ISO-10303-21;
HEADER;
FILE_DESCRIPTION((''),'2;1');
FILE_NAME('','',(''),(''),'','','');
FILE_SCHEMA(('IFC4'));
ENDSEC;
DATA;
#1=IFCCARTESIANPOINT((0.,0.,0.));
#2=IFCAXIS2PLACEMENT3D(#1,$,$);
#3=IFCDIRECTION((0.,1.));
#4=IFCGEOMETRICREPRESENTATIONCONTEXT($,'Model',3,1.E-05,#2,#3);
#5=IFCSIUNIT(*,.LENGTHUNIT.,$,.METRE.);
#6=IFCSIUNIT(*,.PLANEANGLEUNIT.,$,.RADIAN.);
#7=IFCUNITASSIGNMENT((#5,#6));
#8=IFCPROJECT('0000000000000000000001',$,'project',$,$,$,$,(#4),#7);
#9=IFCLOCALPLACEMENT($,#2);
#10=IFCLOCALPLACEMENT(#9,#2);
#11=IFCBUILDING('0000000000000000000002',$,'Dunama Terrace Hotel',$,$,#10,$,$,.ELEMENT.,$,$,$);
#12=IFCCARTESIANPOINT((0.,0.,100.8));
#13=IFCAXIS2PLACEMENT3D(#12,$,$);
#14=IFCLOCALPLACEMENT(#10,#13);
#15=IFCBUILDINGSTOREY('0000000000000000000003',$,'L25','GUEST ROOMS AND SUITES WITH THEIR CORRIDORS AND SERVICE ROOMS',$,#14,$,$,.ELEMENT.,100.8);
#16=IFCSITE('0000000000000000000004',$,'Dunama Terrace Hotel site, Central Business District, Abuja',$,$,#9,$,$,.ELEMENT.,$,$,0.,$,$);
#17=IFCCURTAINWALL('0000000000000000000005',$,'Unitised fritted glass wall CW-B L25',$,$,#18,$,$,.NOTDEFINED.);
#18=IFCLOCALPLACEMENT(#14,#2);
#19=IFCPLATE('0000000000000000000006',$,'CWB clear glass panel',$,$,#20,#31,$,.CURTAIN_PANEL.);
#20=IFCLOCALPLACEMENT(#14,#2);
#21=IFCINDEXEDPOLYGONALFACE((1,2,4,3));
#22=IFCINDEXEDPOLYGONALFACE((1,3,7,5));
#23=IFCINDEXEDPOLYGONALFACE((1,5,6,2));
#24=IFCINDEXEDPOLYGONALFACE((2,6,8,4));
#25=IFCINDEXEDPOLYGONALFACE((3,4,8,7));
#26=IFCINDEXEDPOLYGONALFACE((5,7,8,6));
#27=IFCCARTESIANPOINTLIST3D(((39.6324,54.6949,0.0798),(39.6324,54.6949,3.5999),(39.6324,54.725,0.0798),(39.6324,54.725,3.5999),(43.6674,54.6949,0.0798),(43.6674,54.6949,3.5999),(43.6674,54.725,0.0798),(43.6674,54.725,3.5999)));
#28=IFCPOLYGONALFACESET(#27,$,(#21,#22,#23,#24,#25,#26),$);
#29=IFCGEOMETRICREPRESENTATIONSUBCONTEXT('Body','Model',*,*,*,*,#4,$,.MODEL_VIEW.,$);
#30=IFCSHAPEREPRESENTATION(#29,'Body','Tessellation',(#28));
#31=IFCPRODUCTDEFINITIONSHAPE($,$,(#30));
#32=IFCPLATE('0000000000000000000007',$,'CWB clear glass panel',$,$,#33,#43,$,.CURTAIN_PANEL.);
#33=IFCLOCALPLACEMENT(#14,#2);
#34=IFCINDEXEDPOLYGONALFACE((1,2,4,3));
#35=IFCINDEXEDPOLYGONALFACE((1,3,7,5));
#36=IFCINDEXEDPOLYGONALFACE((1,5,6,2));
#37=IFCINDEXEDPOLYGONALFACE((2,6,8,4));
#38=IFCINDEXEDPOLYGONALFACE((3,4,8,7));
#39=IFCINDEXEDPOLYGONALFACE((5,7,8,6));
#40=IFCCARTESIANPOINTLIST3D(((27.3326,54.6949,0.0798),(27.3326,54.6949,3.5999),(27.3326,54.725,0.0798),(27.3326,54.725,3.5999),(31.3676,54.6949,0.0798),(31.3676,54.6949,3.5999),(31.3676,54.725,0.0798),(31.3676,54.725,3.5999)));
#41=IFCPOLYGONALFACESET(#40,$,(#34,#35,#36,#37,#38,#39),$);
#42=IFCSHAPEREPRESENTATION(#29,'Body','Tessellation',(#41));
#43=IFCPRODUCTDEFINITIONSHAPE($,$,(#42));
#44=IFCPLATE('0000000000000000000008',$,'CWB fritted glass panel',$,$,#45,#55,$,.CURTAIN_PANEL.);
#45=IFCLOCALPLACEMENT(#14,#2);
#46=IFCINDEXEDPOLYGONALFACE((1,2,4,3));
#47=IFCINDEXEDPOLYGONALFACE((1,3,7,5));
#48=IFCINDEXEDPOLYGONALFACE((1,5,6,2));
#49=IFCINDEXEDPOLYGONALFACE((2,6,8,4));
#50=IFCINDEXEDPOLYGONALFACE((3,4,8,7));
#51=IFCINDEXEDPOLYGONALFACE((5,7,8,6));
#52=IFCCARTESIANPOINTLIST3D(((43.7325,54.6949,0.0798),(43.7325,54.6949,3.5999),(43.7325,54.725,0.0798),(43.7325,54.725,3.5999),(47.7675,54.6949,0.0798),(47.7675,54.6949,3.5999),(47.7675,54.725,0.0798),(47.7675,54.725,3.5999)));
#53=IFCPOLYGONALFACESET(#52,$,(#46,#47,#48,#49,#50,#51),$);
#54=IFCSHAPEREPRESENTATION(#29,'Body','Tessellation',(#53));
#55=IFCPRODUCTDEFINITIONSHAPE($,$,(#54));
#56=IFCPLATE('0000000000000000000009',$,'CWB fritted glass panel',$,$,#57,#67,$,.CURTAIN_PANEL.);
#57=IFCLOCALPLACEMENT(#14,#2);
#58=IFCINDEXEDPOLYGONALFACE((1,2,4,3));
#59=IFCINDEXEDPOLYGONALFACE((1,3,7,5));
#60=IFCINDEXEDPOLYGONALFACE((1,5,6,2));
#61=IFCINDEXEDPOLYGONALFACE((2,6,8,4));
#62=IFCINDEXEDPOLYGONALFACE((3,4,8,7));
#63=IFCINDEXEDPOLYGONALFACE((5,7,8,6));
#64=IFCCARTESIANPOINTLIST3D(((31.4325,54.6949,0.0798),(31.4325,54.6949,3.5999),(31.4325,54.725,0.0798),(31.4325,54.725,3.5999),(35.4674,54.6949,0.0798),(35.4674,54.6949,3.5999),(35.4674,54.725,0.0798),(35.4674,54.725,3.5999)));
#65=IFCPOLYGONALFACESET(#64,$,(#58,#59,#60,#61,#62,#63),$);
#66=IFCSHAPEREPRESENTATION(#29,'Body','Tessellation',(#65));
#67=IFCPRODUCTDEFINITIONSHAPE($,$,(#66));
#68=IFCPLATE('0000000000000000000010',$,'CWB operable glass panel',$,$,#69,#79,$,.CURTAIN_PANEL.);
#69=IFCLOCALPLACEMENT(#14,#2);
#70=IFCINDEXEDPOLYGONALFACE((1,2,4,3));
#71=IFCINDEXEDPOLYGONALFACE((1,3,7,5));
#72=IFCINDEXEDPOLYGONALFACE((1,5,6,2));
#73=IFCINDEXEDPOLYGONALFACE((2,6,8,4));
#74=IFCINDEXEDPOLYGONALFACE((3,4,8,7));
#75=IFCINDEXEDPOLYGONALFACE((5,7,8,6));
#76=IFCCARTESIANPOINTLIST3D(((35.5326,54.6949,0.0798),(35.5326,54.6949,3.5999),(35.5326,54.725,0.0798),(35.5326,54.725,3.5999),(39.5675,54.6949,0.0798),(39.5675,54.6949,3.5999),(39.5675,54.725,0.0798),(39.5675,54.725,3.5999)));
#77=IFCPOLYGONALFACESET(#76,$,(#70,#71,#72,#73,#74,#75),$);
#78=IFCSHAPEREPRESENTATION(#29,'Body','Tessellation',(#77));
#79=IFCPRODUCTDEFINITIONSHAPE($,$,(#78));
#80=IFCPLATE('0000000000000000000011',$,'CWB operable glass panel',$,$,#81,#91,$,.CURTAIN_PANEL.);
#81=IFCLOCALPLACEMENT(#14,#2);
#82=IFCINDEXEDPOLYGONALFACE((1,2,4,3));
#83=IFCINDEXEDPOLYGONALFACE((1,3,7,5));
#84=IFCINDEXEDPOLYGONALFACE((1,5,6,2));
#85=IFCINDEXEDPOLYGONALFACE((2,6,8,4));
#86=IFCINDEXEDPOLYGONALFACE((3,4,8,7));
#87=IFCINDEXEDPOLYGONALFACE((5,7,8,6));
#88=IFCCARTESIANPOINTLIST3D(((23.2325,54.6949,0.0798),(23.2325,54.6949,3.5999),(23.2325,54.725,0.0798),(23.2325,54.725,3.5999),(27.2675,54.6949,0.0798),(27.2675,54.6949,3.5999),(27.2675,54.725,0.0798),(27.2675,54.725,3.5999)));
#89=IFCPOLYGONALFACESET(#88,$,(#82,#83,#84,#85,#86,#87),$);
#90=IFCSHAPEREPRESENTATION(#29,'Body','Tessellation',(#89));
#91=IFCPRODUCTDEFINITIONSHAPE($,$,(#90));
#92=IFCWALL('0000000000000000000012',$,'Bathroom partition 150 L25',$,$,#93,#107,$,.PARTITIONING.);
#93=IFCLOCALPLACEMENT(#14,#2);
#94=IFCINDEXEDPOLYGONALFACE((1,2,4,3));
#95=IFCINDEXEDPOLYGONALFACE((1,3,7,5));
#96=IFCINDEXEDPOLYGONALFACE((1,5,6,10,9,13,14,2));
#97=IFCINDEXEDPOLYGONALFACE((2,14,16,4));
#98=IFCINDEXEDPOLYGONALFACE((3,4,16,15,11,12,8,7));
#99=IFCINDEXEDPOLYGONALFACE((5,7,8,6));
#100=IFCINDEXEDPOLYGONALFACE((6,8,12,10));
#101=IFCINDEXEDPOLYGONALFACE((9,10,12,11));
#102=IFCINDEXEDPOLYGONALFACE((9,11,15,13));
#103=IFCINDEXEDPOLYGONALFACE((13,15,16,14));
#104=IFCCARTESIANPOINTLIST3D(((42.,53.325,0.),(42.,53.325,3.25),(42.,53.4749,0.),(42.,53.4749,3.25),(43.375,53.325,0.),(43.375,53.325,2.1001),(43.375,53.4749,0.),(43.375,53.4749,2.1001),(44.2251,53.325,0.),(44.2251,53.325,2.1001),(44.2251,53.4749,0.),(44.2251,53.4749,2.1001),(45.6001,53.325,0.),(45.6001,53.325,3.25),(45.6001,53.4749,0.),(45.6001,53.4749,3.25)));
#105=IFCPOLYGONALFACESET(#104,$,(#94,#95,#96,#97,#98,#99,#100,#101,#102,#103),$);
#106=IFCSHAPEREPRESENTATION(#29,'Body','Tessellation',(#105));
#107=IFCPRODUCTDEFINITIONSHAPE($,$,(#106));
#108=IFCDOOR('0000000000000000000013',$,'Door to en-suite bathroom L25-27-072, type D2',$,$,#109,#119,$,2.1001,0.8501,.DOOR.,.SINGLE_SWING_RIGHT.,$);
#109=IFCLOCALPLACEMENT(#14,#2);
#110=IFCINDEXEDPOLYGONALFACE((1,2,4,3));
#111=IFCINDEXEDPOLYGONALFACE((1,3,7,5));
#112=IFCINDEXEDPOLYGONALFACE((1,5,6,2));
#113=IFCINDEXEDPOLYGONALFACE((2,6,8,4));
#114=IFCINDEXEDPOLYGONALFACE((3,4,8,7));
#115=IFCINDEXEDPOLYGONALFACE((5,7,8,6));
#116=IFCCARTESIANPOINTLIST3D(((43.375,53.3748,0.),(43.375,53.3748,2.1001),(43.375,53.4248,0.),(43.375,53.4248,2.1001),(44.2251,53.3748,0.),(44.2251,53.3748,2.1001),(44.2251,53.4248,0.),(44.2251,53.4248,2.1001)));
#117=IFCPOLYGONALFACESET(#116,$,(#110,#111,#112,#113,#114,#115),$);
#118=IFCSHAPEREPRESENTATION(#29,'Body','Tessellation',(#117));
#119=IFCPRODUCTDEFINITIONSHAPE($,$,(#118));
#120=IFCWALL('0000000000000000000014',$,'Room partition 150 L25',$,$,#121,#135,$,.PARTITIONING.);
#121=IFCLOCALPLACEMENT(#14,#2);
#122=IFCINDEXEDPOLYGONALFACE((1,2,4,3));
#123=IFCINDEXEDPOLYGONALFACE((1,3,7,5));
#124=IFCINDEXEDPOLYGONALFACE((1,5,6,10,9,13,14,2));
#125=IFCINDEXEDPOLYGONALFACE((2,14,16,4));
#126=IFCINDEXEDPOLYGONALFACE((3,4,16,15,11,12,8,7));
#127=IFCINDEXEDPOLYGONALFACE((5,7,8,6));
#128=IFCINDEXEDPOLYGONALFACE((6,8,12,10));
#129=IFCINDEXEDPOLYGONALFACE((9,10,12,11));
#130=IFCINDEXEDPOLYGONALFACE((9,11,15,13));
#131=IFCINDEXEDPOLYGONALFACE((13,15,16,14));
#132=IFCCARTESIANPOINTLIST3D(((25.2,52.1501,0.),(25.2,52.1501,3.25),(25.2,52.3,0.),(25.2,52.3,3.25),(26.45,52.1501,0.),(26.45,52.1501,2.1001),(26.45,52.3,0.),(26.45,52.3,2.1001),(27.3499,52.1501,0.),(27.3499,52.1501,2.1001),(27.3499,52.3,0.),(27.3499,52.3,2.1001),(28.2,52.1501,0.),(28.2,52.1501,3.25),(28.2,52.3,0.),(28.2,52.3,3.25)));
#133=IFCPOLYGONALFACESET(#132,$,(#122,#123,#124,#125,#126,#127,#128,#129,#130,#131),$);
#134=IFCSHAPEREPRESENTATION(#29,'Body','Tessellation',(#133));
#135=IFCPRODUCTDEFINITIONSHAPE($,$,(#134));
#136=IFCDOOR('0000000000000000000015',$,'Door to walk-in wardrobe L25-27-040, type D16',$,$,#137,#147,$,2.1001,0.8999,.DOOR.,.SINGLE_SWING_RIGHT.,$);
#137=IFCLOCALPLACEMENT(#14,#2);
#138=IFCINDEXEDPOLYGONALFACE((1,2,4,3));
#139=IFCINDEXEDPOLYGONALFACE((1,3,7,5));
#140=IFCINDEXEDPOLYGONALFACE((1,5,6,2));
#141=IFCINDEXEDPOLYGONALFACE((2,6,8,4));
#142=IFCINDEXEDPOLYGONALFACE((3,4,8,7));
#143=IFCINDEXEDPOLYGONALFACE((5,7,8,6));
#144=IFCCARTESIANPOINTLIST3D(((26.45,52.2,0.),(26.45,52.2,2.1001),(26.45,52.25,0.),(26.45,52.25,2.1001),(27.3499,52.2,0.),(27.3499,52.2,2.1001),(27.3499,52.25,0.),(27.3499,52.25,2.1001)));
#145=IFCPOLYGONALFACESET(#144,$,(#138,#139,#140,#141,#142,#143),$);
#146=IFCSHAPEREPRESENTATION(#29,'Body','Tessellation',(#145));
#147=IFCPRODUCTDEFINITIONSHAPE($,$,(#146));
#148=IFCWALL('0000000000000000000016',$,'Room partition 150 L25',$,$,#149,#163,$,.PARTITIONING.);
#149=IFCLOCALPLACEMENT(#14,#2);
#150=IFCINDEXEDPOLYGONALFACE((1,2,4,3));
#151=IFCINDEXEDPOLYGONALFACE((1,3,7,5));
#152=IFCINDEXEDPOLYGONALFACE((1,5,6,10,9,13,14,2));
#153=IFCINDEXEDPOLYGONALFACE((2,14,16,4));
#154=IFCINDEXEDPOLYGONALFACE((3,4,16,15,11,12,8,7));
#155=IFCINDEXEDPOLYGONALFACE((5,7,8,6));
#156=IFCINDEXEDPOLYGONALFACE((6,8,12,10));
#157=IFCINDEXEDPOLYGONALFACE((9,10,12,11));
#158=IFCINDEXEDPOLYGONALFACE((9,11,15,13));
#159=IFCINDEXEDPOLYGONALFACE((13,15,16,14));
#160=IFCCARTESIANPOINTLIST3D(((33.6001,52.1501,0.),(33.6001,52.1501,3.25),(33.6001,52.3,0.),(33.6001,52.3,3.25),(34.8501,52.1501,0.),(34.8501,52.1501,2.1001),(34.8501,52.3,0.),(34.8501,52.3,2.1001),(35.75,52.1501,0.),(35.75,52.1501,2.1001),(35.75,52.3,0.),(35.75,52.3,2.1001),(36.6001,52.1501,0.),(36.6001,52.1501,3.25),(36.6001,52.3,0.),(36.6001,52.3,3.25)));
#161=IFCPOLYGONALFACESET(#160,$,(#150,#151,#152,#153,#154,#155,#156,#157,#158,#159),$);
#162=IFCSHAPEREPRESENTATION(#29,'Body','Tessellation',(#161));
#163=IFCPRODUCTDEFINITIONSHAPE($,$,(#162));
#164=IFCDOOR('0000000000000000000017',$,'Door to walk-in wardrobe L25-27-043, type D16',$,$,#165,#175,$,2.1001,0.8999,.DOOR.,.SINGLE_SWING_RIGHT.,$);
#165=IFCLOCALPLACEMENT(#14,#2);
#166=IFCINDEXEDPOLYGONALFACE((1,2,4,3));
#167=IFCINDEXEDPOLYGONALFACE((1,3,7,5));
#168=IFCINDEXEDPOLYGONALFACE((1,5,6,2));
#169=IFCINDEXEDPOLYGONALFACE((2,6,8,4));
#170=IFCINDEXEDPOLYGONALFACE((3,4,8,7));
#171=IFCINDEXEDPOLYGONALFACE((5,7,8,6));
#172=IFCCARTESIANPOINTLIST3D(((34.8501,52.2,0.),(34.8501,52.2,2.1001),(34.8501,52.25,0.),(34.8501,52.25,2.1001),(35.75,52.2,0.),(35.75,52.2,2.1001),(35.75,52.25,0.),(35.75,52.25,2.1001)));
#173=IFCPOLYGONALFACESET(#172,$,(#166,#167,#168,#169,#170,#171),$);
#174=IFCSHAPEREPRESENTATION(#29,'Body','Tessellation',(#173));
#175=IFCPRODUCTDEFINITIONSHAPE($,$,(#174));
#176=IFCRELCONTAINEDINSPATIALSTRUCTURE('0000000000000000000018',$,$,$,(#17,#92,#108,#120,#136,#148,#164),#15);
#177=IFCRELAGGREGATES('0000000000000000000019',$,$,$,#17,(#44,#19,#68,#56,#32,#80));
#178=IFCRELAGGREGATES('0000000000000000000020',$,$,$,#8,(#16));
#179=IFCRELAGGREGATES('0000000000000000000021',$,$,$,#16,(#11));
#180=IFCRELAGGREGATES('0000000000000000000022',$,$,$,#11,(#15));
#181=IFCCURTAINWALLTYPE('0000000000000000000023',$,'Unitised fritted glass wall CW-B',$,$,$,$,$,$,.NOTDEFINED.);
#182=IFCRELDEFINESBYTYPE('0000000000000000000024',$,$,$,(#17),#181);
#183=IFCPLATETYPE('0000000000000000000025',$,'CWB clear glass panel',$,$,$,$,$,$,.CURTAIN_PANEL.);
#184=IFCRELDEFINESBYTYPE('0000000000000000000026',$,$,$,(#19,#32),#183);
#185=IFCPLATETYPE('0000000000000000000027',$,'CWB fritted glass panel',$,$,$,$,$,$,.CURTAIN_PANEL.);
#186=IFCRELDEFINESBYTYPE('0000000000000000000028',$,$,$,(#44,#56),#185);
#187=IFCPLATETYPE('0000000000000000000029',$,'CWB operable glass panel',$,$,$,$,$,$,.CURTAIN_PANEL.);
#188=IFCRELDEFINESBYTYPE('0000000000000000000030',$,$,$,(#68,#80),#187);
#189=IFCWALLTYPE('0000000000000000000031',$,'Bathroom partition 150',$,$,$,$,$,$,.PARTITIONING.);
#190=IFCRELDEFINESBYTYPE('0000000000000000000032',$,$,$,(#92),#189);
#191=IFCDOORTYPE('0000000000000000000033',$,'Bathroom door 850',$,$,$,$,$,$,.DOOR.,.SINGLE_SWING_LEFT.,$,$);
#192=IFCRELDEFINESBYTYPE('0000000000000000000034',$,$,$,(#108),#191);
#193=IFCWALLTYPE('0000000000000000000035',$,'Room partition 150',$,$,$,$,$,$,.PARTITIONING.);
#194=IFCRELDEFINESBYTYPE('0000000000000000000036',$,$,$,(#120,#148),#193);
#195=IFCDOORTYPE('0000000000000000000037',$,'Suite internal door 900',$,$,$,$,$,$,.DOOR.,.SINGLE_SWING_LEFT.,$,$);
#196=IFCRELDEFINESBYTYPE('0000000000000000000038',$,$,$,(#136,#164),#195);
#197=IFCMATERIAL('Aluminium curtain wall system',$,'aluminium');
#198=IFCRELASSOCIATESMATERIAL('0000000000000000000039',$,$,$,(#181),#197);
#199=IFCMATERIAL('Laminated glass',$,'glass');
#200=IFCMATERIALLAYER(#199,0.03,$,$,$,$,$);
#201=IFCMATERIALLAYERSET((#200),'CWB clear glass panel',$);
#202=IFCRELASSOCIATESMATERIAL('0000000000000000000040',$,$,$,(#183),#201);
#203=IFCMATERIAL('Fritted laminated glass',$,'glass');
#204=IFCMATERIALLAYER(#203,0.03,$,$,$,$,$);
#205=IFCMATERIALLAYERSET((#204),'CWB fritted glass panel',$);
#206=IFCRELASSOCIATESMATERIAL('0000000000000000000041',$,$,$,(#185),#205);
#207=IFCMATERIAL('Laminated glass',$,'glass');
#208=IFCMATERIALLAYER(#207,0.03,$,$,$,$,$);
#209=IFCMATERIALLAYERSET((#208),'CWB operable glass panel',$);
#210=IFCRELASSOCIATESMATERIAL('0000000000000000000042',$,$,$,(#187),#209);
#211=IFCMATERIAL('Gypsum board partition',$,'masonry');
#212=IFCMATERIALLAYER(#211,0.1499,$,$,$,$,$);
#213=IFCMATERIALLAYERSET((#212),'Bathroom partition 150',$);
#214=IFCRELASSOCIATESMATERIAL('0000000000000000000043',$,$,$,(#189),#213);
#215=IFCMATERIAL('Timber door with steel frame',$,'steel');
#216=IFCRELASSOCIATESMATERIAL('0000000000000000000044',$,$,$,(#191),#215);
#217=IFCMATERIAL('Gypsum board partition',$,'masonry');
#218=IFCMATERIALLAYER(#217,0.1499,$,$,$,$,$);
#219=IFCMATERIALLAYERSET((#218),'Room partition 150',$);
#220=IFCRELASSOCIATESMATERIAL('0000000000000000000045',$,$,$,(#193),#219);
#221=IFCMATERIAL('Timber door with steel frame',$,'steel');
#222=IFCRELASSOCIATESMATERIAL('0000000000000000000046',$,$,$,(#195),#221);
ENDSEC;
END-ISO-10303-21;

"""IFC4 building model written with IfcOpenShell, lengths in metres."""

from ifc_helpers import new_model, si_unit, direction, frame, frame_2d, origin, origin_2d, place, context, subcontext, project, spatial, rectangle, extrude, material, layer, layer_set, type_object, element, fill, aggregate, save


model = new_model("IFC4")

# Units and contexts
model_context = context("Model", 3, precision=1e-05, world=origin(), true_north=direction((0.0, 1.0)))
body_context = subcontext(model_context, "Body", "Model", "MODEL_VIEW")
ifc_project = project(units=[si_unit("LENGTHUNIT", "METRE"), si_unit("PLANEANGLEUNIT", "RADIAN")], contexts=[model_context])

# Site, building, storey
site_placement = place(None, origin())
site = spatial("IfcSite", under=ifc_project, at=site_placement, Name="Dunama Terrace Hotel site, Central Business District, Abuja", CompositionType="ELEMENT", RefElevation=0.0)
building_placement = place(site_placement, origin())
building = spatial("IfcBuilding", under=site, at=building_placement, Name="Dunama Terrace Hotel", CompositionType="ELEMENT")
storey_placement = place(building_placement, frame((0.0, 0.0, 100.8)))
storey = spatial("IfcBuildingStorey", under=building, at=storey_placement, Name="L25", Description="GUEST ROOMS AND SUITES WITH THEIR CORRIDORS AND SERVICE ROOMS", CompositionType="ELEMENT", Elevation=100.8)

# Curtain wall
ifc_material_1 = material(Name="Aluminium curtain wall system", Category="aluminium")
curtain_wall_type = type_object("IfcCurtainWallType", Name="Unitised fritted glass wall CW-B", PredefinedType="NOTDEFINED", material=ifc_material_1)
curtain_wall_placement = place(storey_placement, origin())
curtain_wall = element("IfcCurtainWall", 1, at=curtain_wall_placement, inside=storey, type_object=curtain_wall_type, Name="Unitised fritted glass wall CW-B L25", PredefinedType="NOTDEFINED")

# Plates
ifc_material_2 = material(Name="Laminated glass", Category="glass")
ifc_layer_1 = layer(ifc_material_2, 0.03)
ifc_layer_set_1 = layer_set([ifc_layer_1], Name="CWB clear glass panel")
plate_type_1 = type_object("IfcPlateType", Name="CWB clear glass panel", PredefinedType="CURTAIN_PANEL", material=ifc_layer_set_1)
plate_1_placement = place(storey_placement, frame((41.6499, 54.71, 0.0798), z_axis=(0.0, 0.0, 1.0), x_axis=(-1.0, 0.0, 0.0)))
plate_1 = element("IfcPlate", 2, at=plate_1_placement, type_object=plate_type_1, Name="CWB clear glass panel", PredefinedType="CURTAIN_PANEL", context=body_context, shape_type="SweptSolid", body=[
    extrude(rectangle(XDim=4.0349, YDim=0.03, at=origin_2d()), origin(), (0.0, 0.0, 1.0), 3.52),
])
plate_2_placement = place(storey_placement, frame((29.3501, 54.71, 0.0798), z_axis=(0.0, 0.0, 1.0), x_axis=(-1.0, 0.0, 0.0)))
plate_2 = element("IfcPlate", 3, at=plate_2_placement, type_object=plate_type_1, Name="CWB clear glass panel", PredefinedType="CURTAIN_PANEL", context=body_context, shape_type="SweptSolid", body=[
    extrude(rectangle(XDim=4.0349, YDim=0.03, at=origin_2d()), origin(), (0.0, 0.0, 1.0), 3.52),
])
ifc_material_3 = material(Name="Fritted laminated glass", Category="glass")
ifc_layer_2 = layer(ifc_material_3, 0.03)
ifc_layer_set_2 = layer_set([ifc_layer_2], Name="CWB fritted glass panel")
plate_type_2 = type_object("IfcPlateType", Name="CWB fritted glass panel", PredefinedType="CURTAIN_PANEL", material=ifc_layer_set_2)
plate_3_placement = place(storey_placement, frame((45.75, 54.71, 0.0798), z_axis=(0.0, 0.0, 1.0), x_axis=(-1.0, 0.0, 0.0)))
plate_3 = element("IfcPlate", 4, at=plate_3_placement, type_object=plate_type_2, Name="CWB fritted glass panel", PredefinedType="CURTAIN_PANEL", context=body_context, shape_type="SweptSolid", body=[
    extrude(rectangle(XDim=4.0349, YDim=0.03, at=origin_2d()), origin(), (0.0, 0.0, 1.0), 3.52),
])
plate_4_placement = place(storey_placement, frame((33.45, 54.71, 0.0798), z_axis=(0.0, 0.0, 1.0), x_axis=(-1.0, 0.0, 0.0)))
plate_4 = element("IfcPlate", 5, at=plate_4_placement, type_object=plate_type_2, Name="CWB fritted glass panel", PredefinedType="CURTAIN_PANEL", context=body_context, shape_type="SweptSolid", body=[
    extrude(rectangle(XDim=4.0349, YDim=0.03, at=origin_2d()), origin(), (0.0, 0.0, 1.0), 3.52),
])
ifc_material_4 = material(Name="Laminated glass", Category="glass")
ifc_layer_3 = layer(ifc_material_4, 0.03)
ifc_layer_set_3 = layer_set([ifc_layer_3], Name="CWB operable glass panel")
plate_type_3 = type_object("IfcPlateType", Name="CWB operable glass panel", PredefinedType="CURTAIN_PANEL", material=ifc_layer_set_3)
plate_5_placement = place(storey_placement, frame((37.55, 54.71, 0.0798), z_axis=(0.0, 0.0, 1.0), x_axis=(-1.0, 0.0, 0.0)))
plate_5 = element("IfcPlate", 6, at=plate_5_placement, type_object=plate_type_3, Name="CWB operable glass panel", PredefinedType="CURTAIN_PANEL", context=body_context, shape_type="SweptSolid", body=[
    extrude(rectangle(XDim=4.0349, YDim=0.03, at=origin_2d()), origin(), (0.0, 0.0, 1.0), 3.52),
])
plate_6_placement = place(storey_placement, frame((25.25, 54.71, 0.0798), z_axis=(0.0, 0.0, 1.0), x_axis=(-1.0, 0.0, 0.0)))
plate_6 = element("IfcPlate", 7, at=plate_6_placement, type_object=plate_type_3, Name="CWB operable glass panel", PredefinedType="CURTAIN_PANEL", context=body_context, shape_type="SweptSolid", body=[
    extrude(rectangle(XDim=4.0349, YDim=0.03, at=origin_2d()), origin(), (0.0, 0.0, 1.0), 3.52),
])
aggregate(curtain_wall, [plate_3, plate_1, plate_5, plate_4, plate_2, plate_6])

# Walls, openings, doors
ifc_material_5 = material(Name="Gypsum board partition", Category="masonry")
ifc_layer_4 = layer(ifc_material_5, 0.1499)
ifc_layer_set_4 = layer_set([ifc_layer_4], Name="Bathroom partition 150")
wall_type_1 = type_object("IfcWallType", Name="Bathroom partition 150", PredefinedType="PARTITIONING", material=ifc_layer_set_4)
wall_1_placement = place(storey_placement, frame((42.0, 53.3999, 0.0), z_axis=(0.0, 0.0, 1.0), x_axis=(1.0, 0.0, 0.0)))
wall_1 = element("IfcWall", 8, at=wall_1_placement, inside=storey, type_object=wall_type_1, Name="Bathroom partition 150 L25", PredefinedType="PARTITIONING", context=body_context, shape_type="SweptSolid", body=[
    extrude(rectangle(XDim=3.6001, YDim=0.1499, at=frame_2d((1.8, 0.0))), origin(), (0.0, 0.0, 1.0), 3.25),
])
opening_1_placement = place(wall_1_placement, frame((1.375, 0.0, 0.0)))
opening_1 = element("IfcOpeningElement", 9, at=opening_1_placement, cuts=wall_1, PredefinedType="OPENING", context=body_context, shape_type="SweptSolid", body=[
    extrude(rectangle(XDim=0.8501, YDim=2.1001, at=frame_2d((0.425, 1.05))), frame((0.0, 0.085, 0.0), z_axis=(0.0, -1.0, 0.0), x_axis=(1.0, 0.0, 0.0)), (0.0, 0.0, 1.0), 0.1699),
])
ifc_material_6 = material(Name="Timber door with steel frame", Category="steel")
door_type_1 = type_object("IfcDoorType", Name="Bathroom door 850", OperationType="SINGLE_SWING_LEFT", PredefinedType="DOOR", material=ifc_material_6)
door_1_placement = place(opening_1_placement, frame((0.8501, 0.0, 0.0), z_axis=(0.0, 0.0, 1.0), x_axis=(-1.0, 0.0, 0.0)))
door_1 = element("IfcDoor", 10, at=door_1_placement, inside=storey, type_object=door_type_1, Name="Door to en-suite bathroom L25-27-072, type D2", OperationType="SINGLE_SWING_RIGHT", OverallHeight=2.1001, OverallWidth=0.8501, PredefinedType="DOOR", context=body_context, shape_type="SweptSolid", body=[
    extrude(rectangle(XDim=0.8501, YDim=2.1001, at=frame_2d((0.425, 1.05))), frame((0.0, 0.0251, 0.0), z_axis=(0.0, -1.0, 0.0), x_axis=(1.0, 0.0, 0.0)), (0.0, 0.0, 1.0), 0.05),
])
fill(opening_1, door_1)
ifc_material_7 = material(Name="Gypsum board partition", Category="masonry")
ifc_layer_5 = layer(ifc_material_7, 0.1499)
ifc_layer_set_5 = layer_set([ifc_layer_5], Name="Room partition 150")
wall_type_2 = type_object("IfcWallType", Name="Room partition 150", PredefinedType="PARTITIONING", material=ifc_layer_set_5)
wall_2_placement = place(storey_placement, frame((25.2, 52.2251, 0.0), z_axis=(0.0, 0.0, 1.0), x_axis=(1.0, 0.0, 0.0)))
wall_2 = element("IfcWall", 11, at=wall_2_placement, inside=storey, type_object=wall_type_2, Name="Room partition 150 L25", PredefinedType="PARTITIONING", context=body_context, shape_type="SweptSolid", body=[
    extrude(rectangle(XDim=3.0, YDim=0.1499, at=frame_2d((1.5, 0.0))), origin(), (0.0, 0.0, 1.0), 3.25),
])
opening_2_placement = place(wall_2_placement, frame((1.25, 0.0, 0.0)))
opening_2 = element("IfcOpeningElement", 12, at=opening_2_placement, cuts=wall_2, PredefinedType="OPENING", context=body_context, shape_type="SweptSolid", body=[
    extrude(rectangle(XDim=0.8999, YDim=2.1001, at=frame_2d((0.45, 1.05))), frame((0.0, 0.085, 0.0), z_axis=(0.0, -1.0, 0.0), x_axis=(1.0, 0.0, 0.0)), (0.0, 0.0, 1.0), 0.1699),
])
ifc_material_8 = material(Name="Timber door with steel frame", Category="steel")
door_type_2 = type_object("IfcDoorType", Name="Suite internal door 900", OperationType="SINGLE_SWING_LEFT", PredefinedType="DOOR", material=ifc_material_8)
door_2_placement = place(opening_2_placement, frame((0.8999, 0.0, 0.0), z_axis=(0.0, 0.0, 1.0), x_axis=(-1.0, 0.0, 0.0)))
door_2 = element("IfcDoor", 13, at=door_2_placement, inside=storey, type_object=door_type_2, Name="Door to walk-in wardrobe L25-27-040, type D16", OperationType="SINGLE_SWING_RIGHT", OverallHeight=2.1001, OverallWidth=0.8999, PredefinedType="DOOR", context=body_context, shape_type="SweptSolid", body=[
    extrude(rectangle(XDim=0.8999, YDim=2.1001, at=frame_2d((0.45, 1.05))), frame((0.0, 0.0251, 0.0), z_axis=(0.0, -1.0, 0.0), x_axis=(1.0, 0.0, 0.0)), (0.0, 0.0, 1.0), 0.05),
])
fill(opening_2, door_2)
wall_3_placement = place(storey_placement, frame((33.6001, 52.2251, 0.0), z_axis=(0.0, 0.0, 1.0), x_axis=(1.0, 0.0, 0.0)))
wall_3 = element("IfcWall", 14, at=wall_3_placement, inside=storey, type_object=wall_type_2, Name="Room partition 150 L25", PredefinedType="PARTITIONING", context=body_context, shape_type="SweptSolid", body=[
    extrude(rectangle(XDim=3.0, YDim=0.1499, at=frame_2d((1.5, 0.0))), origin(), (0.0, 0.0, 1.0), 3.25),
])
opening_3_placement = place(wall_3_placement, frame((1.25, 0.0, 0.0)))
opening_3 = element("IfcOpeningElement", 15, at=opening_3_placement, cuts=wall_3, PredefinedType="OPENING", context=body_context, shape_type="SweptSolid", body=[
    extrude(rectangle(XDim=0.8999, YDim=2.1001, at=frame_2d((0.45, 1.05))), frame((0.0, 0.085, 0.0), z_axis=(0.0, -1.0, 0.0), x_axis=(1.0, 0.0, 0.0)), (0.0, 0.0, 1.0), 0.1699),
])
door_3_placement = place(opening_3_placement, frame((0.8999, 0.0, 0.0), z_axis=(0.0, 0.0, 1.0), x_axis=(-1.0, 0.0, 0.0)))
door_3 = element("IfcDoor", 16, at=door_3_placement, inside=storey, type_object=door_type_2, Name="Door to walk-in wardrobe L25-27-043, type D16", OperationType="SINGLE_SWING_RIGHT", OverallHeight=2.1001, OverallWidth=0.8999, PredefinedType="DOOR", context=body_context, shape_type="SweptSolid", body=[
    extrude(rectangle(XDim=0.8999, YDim=2.1001, at=frame_2d((0.45, 1.05))), frame((0.0, 0.0251, 0.0), z_axis=(0.0, -1.0, 0.0), x_axis=(1.0, 0.0, 0.0)), (0.0, 0.0, 1.0), 0.05),
])
fill(opening_3, door_3)

save(model, "model.ifc")
